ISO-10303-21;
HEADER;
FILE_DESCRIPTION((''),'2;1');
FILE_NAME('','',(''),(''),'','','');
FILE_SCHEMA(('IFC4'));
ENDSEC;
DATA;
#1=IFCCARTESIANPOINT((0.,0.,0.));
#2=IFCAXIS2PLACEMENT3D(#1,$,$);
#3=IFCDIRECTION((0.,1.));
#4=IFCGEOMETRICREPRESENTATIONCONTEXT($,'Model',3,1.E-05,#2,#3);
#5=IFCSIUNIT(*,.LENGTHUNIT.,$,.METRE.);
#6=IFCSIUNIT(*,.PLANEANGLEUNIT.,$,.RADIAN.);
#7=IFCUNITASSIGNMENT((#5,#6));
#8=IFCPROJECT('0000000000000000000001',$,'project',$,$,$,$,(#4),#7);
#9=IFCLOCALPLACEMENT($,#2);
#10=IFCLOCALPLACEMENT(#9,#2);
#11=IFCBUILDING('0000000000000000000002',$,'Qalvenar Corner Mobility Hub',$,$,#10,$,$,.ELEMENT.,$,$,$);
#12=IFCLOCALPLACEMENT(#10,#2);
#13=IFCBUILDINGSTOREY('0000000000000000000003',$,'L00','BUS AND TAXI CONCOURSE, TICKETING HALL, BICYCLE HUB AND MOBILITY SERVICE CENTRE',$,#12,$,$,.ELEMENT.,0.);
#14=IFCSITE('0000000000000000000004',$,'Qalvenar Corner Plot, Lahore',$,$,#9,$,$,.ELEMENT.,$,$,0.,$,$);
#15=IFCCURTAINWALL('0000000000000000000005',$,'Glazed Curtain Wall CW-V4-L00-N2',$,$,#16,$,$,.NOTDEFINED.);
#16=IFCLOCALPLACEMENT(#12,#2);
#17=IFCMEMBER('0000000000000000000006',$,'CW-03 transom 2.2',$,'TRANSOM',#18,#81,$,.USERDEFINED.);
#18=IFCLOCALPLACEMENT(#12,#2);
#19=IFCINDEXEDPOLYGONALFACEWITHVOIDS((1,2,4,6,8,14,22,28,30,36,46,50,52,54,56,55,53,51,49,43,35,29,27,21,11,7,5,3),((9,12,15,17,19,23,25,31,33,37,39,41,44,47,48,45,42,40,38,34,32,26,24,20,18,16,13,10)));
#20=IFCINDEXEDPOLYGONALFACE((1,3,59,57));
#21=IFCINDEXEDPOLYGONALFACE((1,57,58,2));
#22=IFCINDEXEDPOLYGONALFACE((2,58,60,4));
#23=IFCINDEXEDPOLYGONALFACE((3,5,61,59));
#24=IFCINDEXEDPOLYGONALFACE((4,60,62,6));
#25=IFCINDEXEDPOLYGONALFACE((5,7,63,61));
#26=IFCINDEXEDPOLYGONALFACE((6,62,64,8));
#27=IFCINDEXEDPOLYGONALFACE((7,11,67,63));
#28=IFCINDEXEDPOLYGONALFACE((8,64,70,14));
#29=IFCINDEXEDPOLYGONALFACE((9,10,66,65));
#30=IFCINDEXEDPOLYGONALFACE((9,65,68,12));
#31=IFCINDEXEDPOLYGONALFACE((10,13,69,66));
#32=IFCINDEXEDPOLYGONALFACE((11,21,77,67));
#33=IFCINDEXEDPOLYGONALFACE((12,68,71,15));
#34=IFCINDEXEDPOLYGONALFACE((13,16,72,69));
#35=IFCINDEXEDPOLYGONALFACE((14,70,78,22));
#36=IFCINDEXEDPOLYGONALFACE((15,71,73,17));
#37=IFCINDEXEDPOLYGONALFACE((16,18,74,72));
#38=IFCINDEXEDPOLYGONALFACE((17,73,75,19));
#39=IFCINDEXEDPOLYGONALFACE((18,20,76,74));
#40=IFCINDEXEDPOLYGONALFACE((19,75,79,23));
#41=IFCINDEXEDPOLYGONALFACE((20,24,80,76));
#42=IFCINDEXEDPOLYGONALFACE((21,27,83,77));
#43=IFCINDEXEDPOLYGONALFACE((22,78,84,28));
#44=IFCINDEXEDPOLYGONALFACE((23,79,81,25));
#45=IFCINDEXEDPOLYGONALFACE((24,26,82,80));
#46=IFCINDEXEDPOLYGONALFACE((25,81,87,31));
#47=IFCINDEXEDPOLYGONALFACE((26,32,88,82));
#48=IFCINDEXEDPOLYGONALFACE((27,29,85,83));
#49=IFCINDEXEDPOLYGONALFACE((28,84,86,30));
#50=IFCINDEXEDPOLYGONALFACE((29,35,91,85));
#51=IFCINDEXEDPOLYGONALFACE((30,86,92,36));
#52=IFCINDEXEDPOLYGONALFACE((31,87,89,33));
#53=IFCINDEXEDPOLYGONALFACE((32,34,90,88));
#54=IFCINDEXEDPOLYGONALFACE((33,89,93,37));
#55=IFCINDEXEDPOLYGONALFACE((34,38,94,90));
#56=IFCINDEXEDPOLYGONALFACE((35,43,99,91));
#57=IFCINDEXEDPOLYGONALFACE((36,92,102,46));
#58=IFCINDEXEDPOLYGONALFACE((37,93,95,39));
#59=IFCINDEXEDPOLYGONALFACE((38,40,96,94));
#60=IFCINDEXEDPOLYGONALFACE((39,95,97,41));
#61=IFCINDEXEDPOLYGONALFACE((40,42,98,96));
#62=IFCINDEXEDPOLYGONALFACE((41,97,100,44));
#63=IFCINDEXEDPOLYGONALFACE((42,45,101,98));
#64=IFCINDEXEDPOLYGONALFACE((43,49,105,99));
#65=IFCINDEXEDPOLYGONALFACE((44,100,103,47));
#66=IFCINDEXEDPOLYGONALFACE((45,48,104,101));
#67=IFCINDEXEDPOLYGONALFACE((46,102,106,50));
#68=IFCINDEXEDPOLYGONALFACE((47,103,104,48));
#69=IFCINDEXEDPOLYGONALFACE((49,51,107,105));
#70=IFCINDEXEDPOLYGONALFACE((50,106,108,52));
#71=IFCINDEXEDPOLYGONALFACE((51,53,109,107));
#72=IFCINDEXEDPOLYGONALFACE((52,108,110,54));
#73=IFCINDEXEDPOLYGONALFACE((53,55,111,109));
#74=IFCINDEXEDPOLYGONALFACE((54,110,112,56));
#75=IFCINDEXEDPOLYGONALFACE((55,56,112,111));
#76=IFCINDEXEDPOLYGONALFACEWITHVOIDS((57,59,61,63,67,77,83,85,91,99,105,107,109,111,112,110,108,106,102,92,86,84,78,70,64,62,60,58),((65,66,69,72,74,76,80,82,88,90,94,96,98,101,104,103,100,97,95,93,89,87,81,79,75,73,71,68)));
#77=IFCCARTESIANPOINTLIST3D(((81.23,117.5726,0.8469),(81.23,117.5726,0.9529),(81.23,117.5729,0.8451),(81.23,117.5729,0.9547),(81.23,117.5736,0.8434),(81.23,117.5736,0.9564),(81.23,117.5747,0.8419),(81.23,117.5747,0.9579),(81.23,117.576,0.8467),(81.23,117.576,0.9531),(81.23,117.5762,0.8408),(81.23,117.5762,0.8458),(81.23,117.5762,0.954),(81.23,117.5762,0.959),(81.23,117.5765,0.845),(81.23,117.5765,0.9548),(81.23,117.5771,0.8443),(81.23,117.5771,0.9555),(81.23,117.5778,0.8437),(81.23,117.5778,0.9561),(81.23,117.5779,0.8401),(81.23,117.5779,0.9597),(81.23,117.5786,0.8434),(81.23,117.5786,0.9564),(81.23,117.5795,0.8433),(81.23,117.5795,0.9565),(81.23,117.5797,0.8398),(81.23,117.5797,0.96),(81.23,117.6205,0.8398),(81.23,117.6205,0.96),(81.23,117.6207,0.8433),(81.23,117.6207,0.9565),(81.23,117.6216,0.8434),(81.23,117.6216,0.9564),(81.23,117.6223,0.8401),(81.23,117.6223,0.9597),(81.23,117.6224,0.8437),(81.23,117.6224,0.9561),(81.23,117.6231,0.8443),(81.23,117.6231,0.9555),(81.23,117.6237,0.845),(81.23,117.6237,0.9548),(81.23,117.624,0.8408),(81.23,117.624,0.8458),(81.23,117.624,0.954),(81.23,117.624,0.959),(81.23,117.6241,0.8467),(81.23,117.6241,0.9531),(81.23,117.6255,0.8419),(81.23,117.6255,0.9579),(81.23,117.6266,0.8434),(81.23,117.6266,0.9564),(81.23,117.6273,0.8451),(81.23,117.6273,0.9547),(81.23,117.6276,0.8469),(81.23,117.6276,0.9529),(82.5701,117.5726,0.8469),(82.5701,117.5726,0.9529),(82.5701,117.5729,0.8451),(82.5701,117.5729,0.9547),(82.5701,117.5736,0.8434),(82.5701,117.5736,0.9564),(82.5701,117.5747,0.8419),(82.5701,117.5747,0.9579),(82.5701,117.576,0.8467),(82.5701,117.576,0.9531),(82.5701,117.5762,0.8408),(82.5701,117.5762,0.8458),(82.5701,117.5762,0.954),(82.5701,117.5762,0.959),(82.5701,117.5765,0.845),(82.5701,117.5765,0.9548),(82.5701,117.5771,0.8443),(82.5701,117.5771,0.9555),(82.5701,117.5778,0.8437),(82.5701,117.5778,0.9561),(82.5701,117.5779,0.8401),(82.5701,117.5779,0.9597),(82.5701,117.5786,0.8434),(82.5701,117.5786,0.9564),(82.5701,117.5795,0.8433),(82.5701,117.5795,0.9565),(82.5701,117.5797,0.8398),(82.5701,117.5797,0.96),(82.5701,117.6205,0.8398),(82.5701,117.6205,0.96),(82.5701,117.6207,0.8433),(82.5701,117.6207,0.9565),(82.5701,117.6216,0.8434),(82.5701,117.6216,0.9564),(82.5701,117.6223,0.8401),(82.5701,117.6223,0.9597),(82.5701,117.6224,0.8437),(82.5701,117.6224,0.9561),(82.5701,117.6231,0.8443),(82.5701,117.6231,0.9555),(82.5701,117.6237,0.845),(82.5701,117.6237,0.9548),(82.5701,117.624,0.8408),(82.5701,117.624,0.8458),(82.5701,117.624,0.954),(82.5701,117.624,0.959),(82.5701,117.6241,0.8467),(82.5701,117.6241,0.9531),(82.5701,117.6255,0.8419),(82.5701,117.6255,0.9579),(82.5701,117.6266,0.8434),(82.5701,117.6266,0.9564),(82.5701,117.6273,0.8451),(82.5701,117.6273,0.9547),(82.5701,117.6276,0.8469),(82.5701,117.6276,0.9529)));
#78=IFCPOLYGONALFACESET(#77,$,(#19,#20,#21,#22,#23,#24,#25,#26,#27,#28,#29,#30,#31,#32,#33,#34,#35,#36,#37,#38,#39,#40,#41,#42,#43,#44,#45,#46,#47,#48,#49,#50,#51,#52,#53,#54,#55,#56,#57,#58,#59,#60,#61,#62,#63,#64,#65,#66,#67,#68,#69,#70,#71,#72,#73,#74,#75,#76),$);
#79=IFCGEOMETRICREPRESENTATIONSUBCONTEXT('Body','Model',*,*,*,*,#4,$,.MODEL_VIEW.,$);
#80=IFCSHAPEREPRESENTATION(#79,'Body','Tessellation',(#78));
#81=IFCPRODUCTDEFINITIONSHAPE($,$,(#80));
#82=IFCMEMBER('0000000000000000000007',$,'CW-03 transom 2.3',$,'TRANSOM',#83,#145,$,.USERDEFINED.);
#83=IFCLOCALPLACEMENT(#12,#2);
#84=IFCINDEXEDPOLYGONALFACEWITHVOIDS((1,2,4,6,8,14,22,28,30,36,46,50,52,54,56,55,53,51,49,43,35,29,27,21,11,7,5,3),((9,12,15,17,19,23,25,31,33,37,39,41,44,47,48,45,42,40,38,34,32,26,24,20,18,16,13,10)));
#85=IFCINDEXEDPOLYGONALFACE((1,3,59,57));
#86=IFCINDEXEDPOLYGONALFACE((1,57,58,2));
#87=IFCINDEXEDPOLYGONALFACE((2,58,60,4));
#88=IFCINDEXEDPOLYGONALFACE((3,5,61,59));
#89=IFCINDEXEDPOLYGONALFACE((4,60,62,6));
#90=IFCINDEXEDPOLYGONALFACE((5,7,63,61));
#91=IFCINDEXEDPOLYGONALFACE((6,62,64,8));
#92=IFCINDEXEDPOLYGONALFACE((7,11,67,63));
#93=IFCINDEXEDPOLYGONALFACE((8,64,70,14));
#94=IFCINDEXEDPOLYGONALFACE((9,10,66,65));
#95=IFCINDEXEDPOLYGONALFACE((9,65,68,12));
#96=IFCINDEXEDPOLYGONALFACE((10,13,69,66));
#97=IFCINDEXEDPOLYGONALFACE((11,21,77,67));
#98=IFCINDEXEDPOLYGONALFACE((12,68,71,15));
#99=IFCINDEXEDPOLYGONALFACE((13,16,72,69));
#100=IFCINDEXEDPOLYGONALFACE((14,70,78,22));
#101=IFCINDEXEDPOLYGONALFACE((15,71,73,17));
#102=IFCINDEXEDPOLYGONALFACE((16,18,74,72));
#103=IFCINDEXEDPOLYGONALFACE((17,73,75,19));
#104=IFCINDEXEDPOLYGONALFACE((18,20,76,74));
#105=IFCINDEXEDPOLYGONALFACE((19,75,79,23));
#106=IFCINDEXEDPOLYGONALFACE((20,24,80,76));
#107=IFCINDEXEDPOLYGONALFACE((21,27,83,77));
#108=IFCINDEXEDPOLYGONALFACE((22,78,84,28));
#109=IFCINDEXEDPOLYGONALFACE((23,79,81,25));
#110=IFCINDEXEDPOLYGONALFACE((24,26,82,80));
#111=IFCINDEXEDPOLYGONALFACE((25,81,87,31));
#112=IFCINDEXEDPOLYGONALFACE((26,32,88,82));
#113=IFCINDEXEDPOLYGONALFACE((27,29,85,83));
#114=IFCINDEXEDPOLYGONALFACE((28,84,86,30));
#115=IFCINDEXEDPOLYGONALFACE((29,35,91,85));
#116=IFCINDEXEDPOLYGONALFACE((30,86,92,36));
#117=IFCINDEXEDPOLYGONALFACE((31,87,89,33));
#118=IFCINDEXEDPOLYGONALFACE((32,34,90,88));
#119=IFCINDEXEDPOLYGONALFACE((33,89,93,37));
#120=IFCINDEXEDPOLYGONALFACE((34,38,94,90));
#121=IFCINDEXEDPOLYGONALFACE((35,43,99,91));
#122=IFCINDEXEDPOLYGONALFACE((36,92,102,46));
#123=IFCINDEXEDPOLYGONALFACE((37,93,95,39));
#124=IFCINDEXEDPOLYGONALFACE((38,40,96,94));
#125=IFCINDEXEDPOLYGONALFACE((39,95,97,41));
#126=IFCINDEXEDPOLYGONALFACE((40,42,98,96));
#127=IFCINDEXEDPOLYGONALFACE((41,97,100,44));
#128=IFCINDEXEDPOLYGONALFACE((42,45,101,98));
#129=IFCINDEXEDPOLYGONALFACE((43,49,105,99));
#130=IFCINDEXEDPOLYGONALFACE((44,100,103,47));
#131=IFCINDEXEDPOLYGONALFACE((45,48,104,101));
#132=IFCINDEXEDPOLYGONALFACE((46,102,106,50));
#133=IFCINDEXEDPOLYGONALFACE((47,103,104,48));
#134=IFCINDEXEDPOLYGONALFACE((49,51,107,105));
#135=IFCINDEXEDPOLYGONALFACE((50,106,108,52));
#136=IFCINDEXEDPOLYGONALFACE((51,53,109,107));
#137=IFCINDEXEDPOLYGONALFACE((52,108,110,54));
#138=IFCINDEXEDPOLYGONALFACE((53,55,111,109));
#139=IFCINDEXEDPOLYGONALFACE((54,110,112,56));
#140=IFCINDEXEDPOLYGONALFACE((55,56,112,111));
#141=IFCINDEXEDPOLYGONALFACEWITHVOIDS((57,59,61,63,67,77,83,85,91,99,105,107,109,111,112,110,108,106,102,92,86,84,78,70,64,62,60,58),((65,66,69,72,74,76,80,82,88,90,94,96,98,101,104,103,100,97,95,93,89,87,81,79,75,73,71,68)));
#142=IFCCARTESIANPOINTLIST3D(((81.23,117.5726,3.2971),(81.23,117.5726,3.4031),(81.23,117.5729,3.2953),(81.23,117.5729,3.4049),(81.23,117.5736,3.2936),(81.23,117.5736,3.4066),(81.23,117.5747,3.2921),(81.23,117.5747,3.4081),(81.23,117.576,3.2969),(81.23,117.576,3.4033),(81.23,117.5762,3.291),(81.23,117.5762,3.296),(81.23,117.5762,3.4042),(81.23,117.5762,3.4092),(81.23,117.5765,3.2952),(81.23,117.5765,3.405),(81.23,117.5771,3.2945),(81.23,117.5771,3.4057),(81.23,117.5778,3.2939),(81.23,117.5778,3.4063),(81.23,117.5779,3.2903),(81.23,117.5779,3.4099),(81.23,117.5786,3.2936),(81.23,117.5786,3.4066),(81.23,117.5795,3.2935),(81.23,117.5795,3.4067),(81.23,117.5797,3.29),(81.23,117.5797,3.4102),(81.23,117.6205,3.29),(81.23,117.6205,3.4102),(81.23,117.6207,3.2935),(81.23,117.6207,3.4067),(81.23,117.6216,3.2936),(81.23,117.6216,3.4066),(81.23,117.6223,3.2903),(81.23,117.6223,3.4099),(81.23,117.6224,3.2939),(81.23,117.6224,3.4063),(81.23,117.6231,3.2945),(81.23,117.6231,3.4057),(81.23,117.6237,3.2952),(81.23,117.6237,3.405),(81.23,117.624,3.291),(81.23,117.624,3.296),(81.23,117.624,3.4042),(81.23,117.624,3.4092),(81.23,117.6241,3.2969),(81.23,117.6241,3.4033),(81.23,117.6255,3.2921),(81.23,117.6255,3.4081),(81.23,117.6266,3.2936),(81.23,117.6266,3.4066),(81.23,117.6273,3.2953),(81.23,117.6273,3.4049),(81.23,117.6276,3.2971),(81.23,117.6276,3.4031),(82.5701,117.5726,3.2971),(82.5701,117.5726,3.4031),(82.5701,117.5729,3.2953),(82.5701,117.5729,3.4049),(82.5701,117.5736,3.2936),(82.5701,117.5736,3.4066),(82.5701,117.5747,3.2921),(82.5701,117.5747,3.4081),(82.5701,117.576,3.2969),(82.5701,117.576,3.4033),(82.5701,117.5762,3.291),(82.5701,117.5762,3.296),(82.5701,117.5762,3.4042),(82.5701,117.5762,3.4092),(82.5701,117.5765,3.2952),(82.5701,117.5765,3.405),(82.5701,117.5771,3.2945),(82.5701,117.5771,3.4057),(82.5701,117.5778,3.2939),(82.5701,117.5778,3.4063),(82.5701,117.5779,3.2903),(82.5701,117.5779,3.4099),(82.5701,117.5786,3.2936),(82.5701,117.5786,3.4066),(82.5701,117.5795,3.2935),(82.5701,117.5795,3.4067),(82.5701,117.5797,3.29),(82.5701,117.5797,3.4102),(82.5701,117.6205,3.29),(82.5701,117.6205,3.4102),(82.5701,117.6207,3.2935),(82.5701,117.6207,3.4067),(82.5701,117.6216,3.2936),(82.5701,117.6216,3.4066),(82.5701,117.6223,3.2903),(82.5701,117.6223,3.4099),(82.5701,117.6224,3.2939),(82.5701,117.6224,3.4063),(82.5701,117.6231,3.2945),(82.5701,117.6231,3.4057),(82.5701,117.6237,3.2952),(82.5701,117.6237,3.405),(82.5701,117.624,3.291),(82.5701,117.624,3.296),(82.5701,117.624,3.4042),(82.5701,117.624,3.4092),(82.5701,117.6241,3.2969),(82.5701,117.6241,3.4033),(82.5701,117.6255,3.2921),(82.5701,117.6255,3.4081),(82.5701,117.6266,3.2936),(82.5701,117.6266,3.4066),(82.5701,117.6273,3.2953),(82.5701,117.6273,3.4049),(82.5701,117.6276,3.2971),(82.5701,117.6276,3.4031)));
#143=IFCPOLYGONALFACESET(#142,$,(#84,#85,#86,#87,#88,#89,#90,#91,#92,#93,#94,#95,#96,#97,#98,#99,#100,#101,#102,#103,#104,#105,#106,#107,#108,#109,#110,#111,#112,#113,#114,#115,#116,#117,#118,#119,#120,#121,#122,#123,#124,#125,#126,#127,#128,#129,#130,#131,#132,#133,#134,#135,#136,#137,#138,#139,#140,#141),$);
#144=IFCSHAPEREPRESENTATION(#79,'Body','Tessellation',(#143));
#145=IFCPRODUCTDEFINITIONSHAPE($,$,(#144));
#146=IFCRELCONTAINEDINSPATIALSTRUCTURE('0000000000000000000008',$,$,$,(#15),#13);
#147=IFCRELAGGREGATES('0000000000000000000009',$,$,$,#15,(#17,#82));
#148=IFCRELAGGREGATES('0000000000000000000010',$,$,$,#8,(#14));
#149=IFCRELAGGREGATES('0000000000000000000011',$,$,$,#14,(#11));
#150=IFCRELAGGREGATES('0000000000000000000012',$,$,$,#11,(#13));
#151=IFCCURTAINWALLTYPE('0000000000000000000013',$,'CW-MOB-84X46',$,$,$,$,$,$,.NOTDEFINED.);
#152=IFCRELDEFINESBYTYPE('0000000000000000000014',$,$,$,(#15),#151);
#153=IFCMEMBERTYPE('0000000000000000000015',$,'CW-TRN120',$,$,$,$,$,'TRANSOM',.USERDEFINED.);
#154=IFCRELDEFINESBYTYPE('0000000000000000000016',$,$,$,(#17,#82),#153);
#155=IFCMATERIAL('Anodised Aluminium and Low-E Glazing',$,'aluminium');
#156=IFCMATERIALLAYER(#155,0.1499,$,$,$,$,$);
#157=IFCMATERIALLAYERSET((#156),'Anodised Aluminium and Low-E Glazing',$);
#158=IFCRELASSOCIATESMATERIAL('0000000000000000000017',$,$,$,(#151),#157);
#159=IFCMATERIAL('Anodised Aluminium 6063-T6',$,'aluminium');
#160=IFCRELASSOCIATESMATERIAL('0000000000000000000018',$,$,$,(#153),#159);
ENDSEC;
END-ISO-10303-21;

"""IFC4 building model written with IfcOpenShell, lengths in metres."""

from ifc_helpers import new_model, si_unit, direction, frame, origin, origin_2d, place, context, subcontext, project, spatial, hollow_rectangle, extrude, material, layer, layer_set, material_profile, profile_set, type_object, element, aggregate, save


model = new_model("IFC4")

# Units and contexts
model_context = context("Model", 3, precision=1e-05, world=origin(), true_north=direction((0.0, 1.0)))
body_context = subcontext(model_context, "Body", "Model", "MODEL_VIEW")
ifc_project = project(units=[si_unit("LENGTHUNIT", "METRE"), si_unit("PLANEANGLEUNIT", "RADIAN")], contexts=[model_context])

# Site, building, storey
site_placement = place(None, origin())
site = spatial("IfcSite", under=ifc_project, at=site_placement, Name="Qalvenar Corner Plot, Lahore", CompositionType="ELEMENT", RefElevation=0.0)
building_placement = place(site_placement, origin())
building = spatial("IfcBuilding", under=site, at=building_placement, Name="Qalvenar Corner Mobility Hub", CompositionType="ELEMENT")
storey_placement = place(building_placement, origin())
storey = spatial("IfcBuildingStorey", under=building, at=storey_placement, Name="L00", Description="BUS AND TAXI CONCOURSE, TICKETING HALL, BICYCLE HUB AND MOBILITY SERVICE CENTRE", CompositionType="ELEMENT", Elevation=0.0)

# Curtain wall
ifc_material_1 = material(Name="Anodised Aluminium and Low-E Glazing", Category="aluminium")
ifc_layer_1 = layer(ifc_material_1, 0.1499)
ifc_layer_set_1 = layer_set([ifc_layer_1], Name="Anodised Aluminium and Low-E Glazing")
curtain_wall_type = type_object("IfcCurtainWallType", Name="CW-MOB-84X46", PredefinedType="NOTDEFINED", material=ifc_layer_set_1)
curtain_wall_1_placement = place(storey_placement, origin())
curtain_wall_1 = element("IfcCurtainWall", 1, at=curtain_wall_1_placement, inside=storey, type_object=curtain_wall_type, Name="Glazed Curtain Wall CW-V4-L00-N2", PredefinedType="NOTDEFINED")
ifc_material_2 = material(Name="Anodised Aluminium 6063-T6", Category="aluminium")

# Members
ifc_material_profile_1 = material_profile(ifc_material_2, hollow_rectangle(XDim=0.0549, YDim=0.1201, WallThickness=0.0034, InnerFilletRadius=0.0034, OuterFilletRadius=0.0071, at=origin_2d()), Name="RHS120x55x3.5")
ifc_profile_set_1 = profile_set([ifc_material_profile_1], Name="Anodised Aluminium 6063-T6")
member_type_1 = type_object("IfcMemberType", Name="CW-TRN120", ElementType="TRANSOM", PredefinedType="USERDEFINED", material=ifc_profile_set_1)
member_1_placement = place(storey_placement, frame((82.5701, 117.6001, 0.8999), z_axis=(-1.0, 0.0, 0.0), x_axis=(0.0, -1.0, 0.0)))
member_1 = element("IfcMember", 2, at=member_1_placement, type_object=member_type_1, Name="CW-03 transom 2.2", ObjectType="TRANSOM", PredefinedType="USERDEFINED", context=body_context, shape_type="SweptSolid", body=[
    extrude(hollow_rectangle(XDim=0.0549, YDim=0.1201, WallThickness=0.0034, InnerFilletRadius=0.0034, OuterFilletRadius=0.0071, at=origin_2d()), origin(), (0.0, 0.0, 1.0), 1.3401),
])
member_2_placement = place(storey_placement, frame((82.5701, 117.6001, 3.3501), z_axis=(-1.0, 0.0, 0.0), x_axis=(0.0, -1.0, 0.0)))
member_2 = element("IfcMember", 3, at=member_2_placement, type_object=member_type_1, Name="CW-03 transom 2.3", ObjectType="TRANSOM", PredefinedType="USERDEFINED", context=body_context, shape_type="SweptSolid", body=[
    extrude(hollow_rectangle(XDim=0.0549, YDim=0.1201, WallThickness=0.0034, InnerFilletRadius=0.0034, OuterFilletRadius=0.0071, at=origin_2d()), origin(), (0.0, 0.0, 1.0), 1.3401),
])

aggregate(curtain_wall_1, [member_1, member_2])

save(model, "model.ifc")
